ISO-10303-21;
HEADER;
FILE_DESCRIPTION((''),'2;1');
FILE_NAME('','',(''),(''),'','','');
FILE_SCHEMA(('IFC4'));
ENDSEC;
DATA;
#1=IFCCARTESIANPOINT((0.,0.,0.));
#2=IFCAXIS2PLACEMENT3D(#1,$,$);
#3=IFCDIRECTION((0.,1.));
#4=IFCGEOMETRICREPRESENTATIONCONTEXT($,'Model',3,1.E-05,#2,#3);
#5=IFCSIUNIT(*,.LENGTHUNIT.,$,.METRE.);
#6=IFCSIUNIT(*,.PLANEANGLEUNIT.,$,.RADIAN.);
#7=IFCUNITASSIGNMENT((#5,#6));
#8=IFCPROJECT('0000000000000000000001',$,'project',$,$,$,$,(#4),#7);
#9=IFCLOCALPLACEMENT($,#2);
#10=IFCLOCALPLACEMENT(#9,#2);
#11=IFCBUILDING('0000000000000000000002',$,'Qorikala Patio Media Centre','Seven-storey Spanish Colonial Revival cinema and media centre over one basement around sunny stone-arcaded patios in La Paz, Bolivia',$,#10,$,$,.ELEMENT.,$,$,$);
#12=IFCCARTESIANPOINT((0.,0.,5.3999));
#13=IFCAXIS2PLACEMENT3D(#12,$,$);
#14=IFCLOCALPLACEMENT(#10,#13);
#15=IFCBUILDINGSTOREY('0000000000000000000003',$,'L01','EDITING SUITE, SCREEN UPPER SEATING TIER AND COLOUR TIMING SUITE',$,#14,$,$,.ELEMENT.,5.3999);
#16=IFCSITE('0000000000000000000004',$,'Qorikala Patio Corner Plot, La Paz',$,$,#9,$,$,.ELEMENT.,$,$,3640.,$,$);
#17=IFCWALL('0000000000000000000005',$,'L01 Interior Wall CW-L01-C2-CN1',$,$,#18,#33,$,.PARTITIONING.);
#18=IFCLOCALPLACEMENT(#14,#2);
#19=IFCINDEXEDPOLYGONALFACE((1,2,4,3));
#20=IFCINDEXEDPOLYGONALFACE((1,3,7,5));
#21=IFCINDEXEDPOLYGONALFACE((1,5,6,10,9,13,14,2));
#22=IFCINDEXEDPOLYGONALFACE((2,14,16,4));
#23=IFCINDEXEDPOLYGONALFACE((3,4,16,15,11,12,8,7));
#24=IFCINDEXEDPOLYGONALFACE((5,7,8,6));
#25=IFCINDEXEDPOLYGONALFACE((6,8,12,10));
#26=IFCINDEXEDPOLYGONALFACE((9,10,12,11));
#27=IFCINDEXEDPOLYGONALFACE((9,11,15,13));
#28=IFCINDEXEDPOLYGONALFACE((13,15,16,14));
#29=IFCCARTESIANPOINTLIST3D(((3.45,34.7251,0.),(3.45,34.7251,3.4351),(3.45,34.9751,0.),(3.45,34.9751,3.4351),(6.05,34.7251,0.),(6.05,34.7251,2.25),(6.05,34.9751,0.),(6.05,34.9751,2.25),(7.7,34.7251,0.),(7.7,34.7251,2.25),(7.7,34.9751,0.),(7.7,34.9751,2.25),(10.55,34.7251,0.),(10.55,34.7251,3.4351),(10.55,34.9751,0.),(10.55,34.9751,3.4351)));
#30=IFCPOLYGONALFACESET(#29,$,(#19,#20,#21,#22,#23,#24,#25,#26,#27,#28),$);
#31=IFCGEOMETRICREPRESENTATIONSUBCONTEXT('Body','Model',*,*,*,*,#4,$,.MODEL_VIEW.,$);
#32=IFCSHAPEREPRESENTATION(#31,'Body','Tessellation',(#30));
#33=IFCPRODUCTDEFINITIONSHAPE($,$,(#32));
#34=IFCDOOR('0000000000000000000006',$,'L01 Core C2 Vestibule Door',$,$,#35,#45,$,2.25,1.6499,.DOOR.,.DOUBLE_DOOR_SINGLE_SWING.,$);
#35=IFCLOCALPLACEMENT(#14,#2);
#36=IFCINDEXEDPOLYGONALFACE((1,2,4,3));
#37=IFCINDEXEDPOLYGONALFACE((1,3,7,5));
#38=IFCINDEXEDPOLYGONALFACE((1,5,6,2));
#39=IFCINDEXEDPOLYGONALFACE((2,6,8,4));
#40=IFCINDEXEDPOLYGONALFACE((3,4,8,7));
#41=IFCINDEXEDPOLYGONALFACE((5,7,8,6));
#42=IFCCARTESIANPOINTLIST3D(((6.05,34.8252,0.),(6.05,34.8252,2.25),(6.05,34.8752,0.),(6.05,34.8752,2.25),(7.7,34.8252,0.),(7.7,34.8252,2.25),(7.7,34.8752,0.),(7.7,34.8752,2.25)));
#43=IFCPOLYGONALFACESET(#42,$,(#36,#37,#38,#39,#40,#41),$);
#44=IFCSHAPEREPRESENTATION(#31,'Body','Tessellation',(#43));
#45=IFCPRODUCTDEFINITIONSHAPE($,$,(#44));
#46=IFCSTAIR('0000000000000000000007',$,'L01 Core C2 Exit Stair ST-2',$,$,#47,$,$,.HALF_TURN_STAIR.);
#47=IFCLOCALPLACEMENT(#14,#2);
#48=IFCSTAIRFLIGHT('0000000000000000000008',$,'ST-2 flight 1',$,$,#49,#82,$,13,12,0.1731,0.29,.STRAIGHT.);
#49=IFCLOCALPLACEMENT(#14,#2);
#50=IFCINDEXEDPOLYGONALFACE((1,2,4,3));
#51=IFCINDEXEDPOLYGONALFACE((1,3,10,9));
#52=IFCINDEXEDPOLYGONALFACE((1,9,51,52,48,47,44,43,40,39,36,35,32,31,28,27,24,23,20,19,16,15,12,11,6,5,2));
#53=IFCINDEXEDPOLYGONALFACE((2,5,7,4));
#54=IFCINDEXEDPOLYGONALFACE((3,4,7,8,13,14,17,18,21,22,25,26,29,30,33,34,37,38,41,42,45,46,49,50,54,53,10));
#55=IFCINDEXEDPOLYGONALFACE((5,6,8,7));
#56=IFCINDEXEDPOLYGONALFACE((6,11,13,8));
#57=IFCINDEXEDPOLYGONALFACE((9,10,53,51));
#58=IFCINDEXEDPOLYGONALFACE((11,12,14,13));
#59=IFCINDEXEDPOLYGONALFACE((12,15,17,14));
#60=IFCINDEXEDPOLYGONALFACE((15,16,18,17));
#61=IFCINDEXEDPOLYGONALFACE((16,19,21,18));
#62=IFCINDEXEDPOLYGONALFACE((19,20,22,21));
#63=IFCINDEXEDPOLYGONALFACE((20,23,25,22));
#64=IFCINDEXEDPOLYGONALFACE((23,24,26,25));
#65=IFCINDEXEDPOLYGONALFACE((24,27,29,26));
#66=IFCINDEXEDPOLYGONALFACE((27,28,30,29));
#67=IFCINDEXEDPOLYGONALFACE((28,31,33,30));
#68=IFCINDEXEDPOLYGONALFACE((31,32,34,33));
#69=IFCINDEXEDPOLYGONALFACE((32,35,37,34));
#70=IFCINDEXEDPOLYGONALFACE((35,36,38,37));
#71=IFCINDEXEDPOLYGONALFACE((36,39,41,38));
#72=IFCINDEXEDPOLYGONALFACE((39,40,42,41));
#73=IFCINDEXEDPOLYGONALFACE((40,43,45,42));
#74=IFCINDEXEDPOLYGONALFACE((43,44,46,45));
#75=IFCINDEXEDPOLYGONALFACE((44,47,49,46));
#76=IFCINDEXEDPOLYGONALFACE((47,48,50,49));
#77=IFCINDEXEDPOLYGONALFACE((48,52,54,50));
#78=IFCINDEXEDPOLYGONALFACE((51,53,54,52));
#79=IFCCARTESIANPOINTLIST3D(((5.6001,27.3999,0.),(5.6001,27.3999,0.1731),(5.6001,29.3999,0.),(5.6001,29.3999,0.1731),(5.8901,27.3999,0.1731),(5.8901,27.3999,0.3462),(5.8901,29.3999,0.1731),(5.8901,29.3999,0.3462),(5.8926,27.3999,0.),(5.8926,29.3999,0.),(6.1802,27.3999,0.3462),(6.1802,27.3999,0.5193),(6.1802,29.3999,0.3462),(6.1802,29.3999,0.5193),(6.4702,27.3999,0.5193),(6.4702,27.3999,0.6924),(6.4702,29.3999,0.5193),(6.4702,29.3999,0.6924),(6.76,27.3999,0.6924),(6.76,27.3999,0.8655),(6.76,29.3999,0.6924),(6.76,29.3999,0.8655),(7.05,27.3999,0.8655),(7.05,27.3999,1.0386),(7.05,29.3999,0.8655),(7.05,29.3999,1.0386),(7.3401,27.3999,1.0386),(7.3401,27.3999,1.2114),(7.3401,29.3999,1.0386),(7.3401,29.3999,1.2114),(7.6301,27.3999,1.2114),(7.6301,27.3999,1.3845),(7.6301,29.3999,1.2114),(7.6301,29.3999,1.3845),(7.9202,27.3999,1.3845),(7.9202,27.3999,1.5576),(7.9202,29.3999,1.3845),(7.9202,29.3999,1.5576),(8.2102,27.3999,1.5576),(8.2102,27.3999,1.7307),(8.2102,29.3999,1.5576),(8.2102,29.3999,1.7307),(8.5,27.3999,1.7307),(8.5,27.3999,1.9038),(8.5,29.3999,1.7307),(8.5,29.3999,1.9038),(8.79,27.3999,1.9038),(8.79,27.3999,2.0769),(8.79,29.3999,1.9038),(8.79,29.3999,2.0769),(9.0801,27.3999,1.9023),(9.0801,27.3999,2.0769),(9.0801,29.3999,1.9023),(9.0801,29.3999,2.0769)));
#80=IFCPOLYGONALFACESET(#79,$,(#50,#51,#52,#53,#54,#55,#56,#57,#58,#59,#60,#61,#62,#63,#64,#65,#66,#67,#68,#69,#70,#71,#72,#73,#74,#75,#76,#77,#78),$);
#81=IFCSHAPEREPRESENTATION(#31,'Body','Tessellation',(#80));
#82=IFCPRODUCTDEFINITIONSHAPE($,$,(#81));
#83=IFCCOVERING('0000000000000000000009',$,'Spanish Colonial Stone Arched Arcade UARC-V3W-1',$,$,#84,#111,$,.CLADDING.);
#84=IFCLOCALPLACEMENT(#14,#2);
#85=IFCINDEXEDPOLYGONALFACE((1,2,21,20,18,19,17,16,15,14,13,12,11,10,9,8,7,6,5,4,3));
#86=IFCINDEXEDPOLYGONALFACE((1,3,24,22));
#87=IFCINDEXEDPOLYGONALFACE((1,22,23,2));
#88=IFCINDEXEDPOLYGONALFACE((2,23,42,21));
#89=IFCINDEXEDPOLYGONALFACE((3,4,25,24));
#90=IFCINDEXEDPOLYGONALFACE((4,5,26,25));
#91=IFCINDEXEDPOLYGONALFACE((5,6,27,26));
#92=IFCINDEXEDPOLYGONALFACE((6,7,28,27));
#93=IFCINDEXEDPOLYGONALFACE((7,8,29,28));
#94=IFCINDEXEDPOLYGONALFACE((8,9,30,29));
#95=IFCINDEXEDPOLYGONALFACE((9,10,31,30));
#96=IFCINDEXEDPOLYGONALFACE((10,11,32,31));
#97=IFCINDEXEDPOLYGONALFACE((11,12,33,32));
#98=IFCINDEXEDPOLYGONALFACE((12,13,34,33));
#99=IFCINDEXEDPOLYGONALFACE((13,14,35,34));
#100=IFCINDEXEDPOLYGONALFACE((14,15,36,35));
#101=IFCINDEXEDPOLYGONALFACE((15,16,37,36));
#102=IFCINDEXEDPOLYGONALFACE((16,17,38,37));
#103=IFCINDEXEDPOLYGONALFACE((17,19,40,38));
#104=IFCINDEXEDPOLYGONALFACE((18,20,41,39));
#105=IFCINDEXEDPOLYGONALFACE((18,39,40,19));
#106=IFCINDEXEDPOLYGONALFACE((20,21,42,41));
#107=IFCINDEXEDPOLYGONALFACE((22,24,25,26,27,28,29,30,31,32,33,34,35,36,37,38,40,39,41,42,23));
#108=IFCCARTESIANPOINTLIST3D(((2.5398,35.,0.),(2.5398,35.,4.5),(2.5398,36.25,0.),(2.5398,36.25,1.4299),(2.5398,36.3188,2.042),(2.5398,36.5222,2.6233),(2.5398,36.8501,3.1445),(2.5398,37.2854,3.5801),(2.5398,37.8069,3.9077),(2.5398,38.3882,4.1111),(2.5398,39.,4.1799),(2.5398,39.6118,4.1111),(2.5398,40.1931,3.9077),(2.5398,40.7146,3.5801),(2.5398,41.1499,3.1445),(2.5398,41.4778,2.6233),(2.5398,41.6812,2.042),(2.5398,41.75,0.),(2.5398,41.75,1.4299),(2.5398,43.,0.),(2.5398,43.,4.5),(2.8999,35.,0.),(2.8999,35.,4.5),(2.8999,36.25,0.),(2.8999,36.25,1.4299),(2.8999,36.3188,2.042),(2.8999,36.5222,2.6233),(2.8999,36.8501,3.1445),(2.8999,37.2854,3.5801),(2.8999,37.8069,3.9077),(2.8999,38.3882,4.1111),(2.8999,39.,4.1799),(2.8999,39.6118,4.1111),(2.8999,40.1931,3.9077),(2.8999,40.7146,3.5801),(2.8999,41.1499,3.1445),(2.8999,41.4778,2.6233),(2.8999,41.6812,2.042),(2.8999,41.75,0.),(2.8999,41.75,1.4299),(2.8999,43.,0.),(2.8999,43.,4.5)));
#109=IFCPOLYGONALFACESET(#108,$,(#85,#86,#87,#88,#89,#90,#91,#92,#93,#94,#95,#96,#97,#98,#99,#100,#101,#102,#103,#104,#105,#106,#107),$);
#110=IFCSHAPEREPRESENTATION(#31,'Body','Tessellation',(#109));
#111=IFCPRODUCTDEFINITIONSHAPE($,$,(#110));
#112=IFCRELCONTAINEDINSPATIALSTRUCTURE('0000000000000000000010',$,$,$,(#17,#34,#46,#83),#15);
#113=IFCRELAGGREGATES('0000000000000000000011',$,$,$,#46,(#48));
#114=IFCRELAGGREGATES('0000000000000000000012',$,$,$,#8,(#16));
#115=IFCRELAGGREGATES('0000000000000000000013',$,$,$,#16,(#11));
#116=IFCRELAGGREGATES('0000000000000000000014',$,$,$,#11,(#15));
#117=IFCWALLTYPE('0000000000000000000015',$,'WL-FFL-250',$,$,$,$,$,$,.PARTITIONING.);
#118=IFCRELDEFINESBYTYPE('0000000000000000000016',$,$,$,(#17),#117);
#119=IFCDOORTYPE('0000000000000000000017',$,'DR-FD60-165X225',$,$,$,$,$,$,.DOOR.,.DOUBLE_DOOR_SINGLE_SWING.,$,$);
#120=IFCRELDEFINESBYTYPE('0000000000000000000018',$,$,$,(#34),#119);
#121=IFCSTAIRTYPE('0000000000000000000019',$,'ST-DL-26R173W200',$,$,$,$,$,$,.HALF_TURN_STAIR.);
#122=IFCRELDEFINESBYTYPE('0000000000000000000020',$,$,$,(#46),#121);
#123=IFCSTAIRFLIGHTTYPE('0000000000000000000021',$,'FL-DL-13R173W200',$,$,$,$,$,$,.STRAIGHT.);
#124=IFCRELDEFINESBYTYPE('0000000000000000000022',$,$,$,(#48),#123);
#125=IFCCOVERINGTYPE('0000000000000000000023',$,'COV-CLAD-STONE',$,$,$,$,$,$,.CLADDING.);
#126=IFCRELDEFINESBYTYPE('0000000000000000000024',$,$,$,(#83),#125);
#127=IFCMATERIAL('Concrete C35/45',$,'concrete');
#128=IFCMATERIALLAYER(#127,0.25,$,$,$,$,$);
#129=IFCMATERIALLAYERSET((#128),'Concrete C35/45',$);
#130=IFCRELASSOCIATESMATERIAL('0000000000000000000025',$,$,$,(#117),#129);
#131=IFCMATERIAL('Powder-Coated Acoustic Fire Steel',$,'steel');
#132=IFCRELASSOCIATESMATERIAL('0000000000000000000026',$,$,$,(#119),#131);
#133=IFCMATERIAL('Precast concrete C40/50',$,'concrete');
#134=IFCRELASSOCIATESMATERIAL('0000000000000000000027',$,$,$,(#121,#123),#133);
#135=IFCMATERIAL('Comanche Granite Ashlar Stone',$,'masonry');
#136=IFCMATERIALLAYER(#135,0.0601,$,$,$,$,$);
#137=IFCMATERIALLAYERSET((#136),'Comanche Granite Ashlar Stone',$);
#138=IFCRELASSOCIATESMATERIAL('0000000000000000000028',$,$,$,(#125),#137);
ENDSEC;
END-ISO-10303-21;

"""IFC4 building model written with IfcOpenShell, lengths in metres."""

from ifc_helpers import new_model, si_unit, direction, frame, frame_2d, origin, place, context, subcontext, project, spatial, polyline, rectangle, outline, extrude, material, layer, layer_set, type_object, element, fill, aggregate, save


model = new_model("IFC4")

# Units and contexts
model_context = context("Model", 3, precision=1e-05, world=origin(), true_north=direction((0.0, 1.0)))
body_context = subcontext(model_context, "Body", "Model", "MODEL_VIEW")
ifc_project = project(units=[si_unit("LENGTHUNIT", "METRE"), si_unit("PLANEANGLEUNIT", "RADIAN")], contexts=[model_context])

# Site, building, storey
site_placement = place(None, origin())
site = spatial("IfcSite", under=ifc_project, at=site_placement, Name="Qorikala Patio Corner Plot, La Paz", CompositionType="ELEMENT", RefElevation=3640.0)
building_placement = place(site_placement, origin())
building = spatial("IfcBuilding", under=site, at=building_placement, Name="Qorikala Patio Media Centre", Description="Seven-storey Spanish Colonial Revival cinema and media centre over one basement around sunny stone-arcaded patios in La Paz, Bolivia", CompositionType="ELEMENT")
storey_placement = place(building_placement, frame((0.0, 0.0, 5.3999)))
storey = spatial("IfcBuildingStorey", under=building, at=storey_placement, Name="L01", Description="EDITING SUITE, SCREEN UPPER SEATING TIER AND COLOUR TIMING SUITE", CompositionType="ELEMENT", Elevation=5.3999)

# Shared definitions
ifc_material_1 = material(Name="Concrete C35/45", Category="concrete")

# Shared definitions
ifc_material_2 = material(Name="Powder-Coated Acoustic Fire Steel", Category="steel")

# Wall, opening, door
ifc_layer_1 = layer(ifc_material_1, 0.25)
ifc_layer_set_1 = layer_set([ifc_layer_1], Name="Concrete C35/45")
wall_type_1 = type_object("IfcWallType", Name="WL-FFL-250", PredefinedType="PARTITIONING", material=ifc_layer_set_1)
wall_1_placement = place(storey_placement, frame((3.45, 34.8501, 0.0), z_axis=(0.0, 0.0, 1.0), x_axis=(1.0, 0.0, 0.0)))
wall_1 = element("IfcWall", 1, at=wall_1_placement, inside=storey, type_object=wall_type_1, Name="L01 Interior Wall CW-L01-C2-CN1", PredefinedType="PARTITIONING", context=body_context, shape_type="SweptSolid", body=[
    extrude(rectangle(XDim=7.1001, YDim=0.25, at=frame_2d((3.55, 0.0))), origin(), (0.0, 0.0, 1.0), 3.4351),
])
opening_1_placement = place(wall_1_placement, frame((2.6001, 0.0, 0.0)))
opening_1 = element("IfcOpeningElement", 2, at=opening_1_placement, cuts=wall_1, PredefinedType="OPENING", context=body_context, shape_type="SweptSolid", body=[
    extrude(rectangle(XDim=1.6499, YDim=2.25, at=frame_2d((0.825, 1.125))), frame((0.0, 0.135, 0.0), z_axis=(0.0, -1.0, 0.0), x_axis=(1.0, 0.0, 0.0)), (0.0, 0.0, 1.0), 0.27),
])
door_type_1 = type_object("IfcDoorType", Name="DR-FD60-165X225", OperationType="DOUBLE_DOOR_SINGLE_SWING", PredefinedType="DOOR", material=ifc_material_2)
door_1_placement = place(opening_1_placement, frame((1.6499, 0.0, 0.0), z_axis=(0.0, 0.0, 1.0), x_axis=(-1.0, 0.0, 0.0)))
door_1 = element("IfcDoor", 3, at=door_1_placement, inside=storey, type_object=door_type_1, Name="L01 Core C2 Vestibule Door", OperationType="DOUBLE_DOOR_SINGLE_SWING", OverallHeight=2.25, OverallWidth=1.6499, PredefinedType="DOOR", context=body_context, shape_type="SweptSolid", body=[
    extrude(rectangle(XDim=1.6499, YDim=2.25, at=frame_2d((0.825, 1.125))), frame((0.0, 0.0249, 0.0), z_axis=(0.0, -1.0, 0.0), x_axis=(1.0, 0.0, 0.0)), (0.0, 0.0, 1.0), 0.05),
])
fill(opening_1, door_1)

# Stair, stair flight
ifc_material_3 = material(Name="Precast concrete C40/50", Category="concrete")
stair_type = type_object("IfcStairType", Name="ST-DL-26R173W200", PredefinedType="HALF_TURN_STAIR", material=ifc_material_3)
stair_placement = place(storey_placement, origin())
stair = element("IfcStair", 4, at=stair_placement, inside=storey, type_object=stair_type, Name="L01 Core C2 Exit Stair ST-2", PredefinedType="HALF_TURN_STAIR")
stair_flight_type = type_object("IfcStairFlightType", Name="FL-DL-13R173W200", PredefinedType="STRAIGHT", material=ifc_material_3)
stair_flight_placement = place(storey_placement, frame((5.6001, 28.3999, 0.0), z_axis=(0.0, 0.0, 1.0), x_axis=(1.0, 0.0, 0.0)))
stair_flight = element("IfcStairFlight", 5, at=stair_flight_placement, type_object=stair_flight_type, Name="ST-2 flight 1", NumberOfRisers=13, NumberOfTreads=12, PredefinedType="STRAIGHT", RiserHeight=0.1731, TreadLength=0.29, context=body_context, shape_type="SweptSolid", body=[
    extrude(outline(polyline([(0.0, 0.0), (0.0, 0.1731), (0.29, 0.1731), (0.29, 0.3462), (0.5801, 0.3462), (0.5801, 0.5193), (0.8701, 0.5193), (0.8701, 0.6924), (1.1599, 0.6924), (1.1599, 0.8655), (1.45, 0.8655), (1.45, 1.0386), (1.74, 1.0386), (1.74, 1.2114), (2.03, 1.2114), (2.03, 1.3845), (2.3201, 1.3845), (2.3201, 1.5576), (2.6101, 1.5576), (2.6101, 1.7307), (2.8999, 1.7307), (2.8999, 1.9038), (3.1899, 1.9038), (3.1899, 2.0769), (3.48, 2.0769), (3.48, 2.25), (3.48, 1.9023), (0.2925, 0.0), (0.0, 0.0)])), frame((0.0, 1.0, 0.0), z_axis=(0.0, -1.0, 0.0), x_axis=(1.0, 0.0, 0.0)), (0.0, 0.0, 1.0), 2.0),
])
aggregate(stair, [stair_flight])

# Covering
ifc_material_4 = material(Name="Comanche Granite Ashlar Stone", Category="masonry")
ifc_layer_2 = layer(ifc_material_4, 0.0601)
ifc_layer_set_2 = layer_set([ifc_layer_2], Name="Comanche Granite Ashlar Stone")
covering_type = type_object("IfcCoveringType", Name="COV-CLAD-STONE", PredefinedType="CLADDING", material=ifc_layer_set_2)
covering_placement = place(storey_placement, frame((2.72, 35.0, 0.0), z_axis=(0.0, 0.0, 1.0), x_axis=(0.0, 1.0, 0.0)))
element("IfcCovering", 6, at=covering_placement, inside=storey, type_object=covering_type, Name="Spanish Colonial Stone Arched Arcade UARC-V3W-1", PredefinedType="CLADDING", context=body_context, shape_type="SweptSolid", body=[
    extrude(outline(polyline([(0.0, 0.0), (1.25, 0.0), (1.25, 1.4299), (1.3188, 2.042), (1.5222, 2.6233), (1.8501, 3.1445), (2.2854, 3.5801), (2.8069, 3.9077), (3.3882, 4.1111), (4.0, 4.1799), (4.6118, 4.1111), (5.1931, 3.9077), (5.7146, 3.5801), (6.1499, 3.1445), (6.4778, 2.6233), (6.6812, 2.042), (6.75, 1.4299), (6.75, 0.0), (8.0, 0.0), (8.0, 4.5), (0.0, 4.5), (0.0, 0.0)])), frame((0.0, 0.1802, 0.0), z_axis=(0.0, -1.0, 0.0), x_axis=(1.0, 0.0, 0.0)), (0.0, 0.0, 1.0), 0.3601),
])

save(model, "model.ifc")
